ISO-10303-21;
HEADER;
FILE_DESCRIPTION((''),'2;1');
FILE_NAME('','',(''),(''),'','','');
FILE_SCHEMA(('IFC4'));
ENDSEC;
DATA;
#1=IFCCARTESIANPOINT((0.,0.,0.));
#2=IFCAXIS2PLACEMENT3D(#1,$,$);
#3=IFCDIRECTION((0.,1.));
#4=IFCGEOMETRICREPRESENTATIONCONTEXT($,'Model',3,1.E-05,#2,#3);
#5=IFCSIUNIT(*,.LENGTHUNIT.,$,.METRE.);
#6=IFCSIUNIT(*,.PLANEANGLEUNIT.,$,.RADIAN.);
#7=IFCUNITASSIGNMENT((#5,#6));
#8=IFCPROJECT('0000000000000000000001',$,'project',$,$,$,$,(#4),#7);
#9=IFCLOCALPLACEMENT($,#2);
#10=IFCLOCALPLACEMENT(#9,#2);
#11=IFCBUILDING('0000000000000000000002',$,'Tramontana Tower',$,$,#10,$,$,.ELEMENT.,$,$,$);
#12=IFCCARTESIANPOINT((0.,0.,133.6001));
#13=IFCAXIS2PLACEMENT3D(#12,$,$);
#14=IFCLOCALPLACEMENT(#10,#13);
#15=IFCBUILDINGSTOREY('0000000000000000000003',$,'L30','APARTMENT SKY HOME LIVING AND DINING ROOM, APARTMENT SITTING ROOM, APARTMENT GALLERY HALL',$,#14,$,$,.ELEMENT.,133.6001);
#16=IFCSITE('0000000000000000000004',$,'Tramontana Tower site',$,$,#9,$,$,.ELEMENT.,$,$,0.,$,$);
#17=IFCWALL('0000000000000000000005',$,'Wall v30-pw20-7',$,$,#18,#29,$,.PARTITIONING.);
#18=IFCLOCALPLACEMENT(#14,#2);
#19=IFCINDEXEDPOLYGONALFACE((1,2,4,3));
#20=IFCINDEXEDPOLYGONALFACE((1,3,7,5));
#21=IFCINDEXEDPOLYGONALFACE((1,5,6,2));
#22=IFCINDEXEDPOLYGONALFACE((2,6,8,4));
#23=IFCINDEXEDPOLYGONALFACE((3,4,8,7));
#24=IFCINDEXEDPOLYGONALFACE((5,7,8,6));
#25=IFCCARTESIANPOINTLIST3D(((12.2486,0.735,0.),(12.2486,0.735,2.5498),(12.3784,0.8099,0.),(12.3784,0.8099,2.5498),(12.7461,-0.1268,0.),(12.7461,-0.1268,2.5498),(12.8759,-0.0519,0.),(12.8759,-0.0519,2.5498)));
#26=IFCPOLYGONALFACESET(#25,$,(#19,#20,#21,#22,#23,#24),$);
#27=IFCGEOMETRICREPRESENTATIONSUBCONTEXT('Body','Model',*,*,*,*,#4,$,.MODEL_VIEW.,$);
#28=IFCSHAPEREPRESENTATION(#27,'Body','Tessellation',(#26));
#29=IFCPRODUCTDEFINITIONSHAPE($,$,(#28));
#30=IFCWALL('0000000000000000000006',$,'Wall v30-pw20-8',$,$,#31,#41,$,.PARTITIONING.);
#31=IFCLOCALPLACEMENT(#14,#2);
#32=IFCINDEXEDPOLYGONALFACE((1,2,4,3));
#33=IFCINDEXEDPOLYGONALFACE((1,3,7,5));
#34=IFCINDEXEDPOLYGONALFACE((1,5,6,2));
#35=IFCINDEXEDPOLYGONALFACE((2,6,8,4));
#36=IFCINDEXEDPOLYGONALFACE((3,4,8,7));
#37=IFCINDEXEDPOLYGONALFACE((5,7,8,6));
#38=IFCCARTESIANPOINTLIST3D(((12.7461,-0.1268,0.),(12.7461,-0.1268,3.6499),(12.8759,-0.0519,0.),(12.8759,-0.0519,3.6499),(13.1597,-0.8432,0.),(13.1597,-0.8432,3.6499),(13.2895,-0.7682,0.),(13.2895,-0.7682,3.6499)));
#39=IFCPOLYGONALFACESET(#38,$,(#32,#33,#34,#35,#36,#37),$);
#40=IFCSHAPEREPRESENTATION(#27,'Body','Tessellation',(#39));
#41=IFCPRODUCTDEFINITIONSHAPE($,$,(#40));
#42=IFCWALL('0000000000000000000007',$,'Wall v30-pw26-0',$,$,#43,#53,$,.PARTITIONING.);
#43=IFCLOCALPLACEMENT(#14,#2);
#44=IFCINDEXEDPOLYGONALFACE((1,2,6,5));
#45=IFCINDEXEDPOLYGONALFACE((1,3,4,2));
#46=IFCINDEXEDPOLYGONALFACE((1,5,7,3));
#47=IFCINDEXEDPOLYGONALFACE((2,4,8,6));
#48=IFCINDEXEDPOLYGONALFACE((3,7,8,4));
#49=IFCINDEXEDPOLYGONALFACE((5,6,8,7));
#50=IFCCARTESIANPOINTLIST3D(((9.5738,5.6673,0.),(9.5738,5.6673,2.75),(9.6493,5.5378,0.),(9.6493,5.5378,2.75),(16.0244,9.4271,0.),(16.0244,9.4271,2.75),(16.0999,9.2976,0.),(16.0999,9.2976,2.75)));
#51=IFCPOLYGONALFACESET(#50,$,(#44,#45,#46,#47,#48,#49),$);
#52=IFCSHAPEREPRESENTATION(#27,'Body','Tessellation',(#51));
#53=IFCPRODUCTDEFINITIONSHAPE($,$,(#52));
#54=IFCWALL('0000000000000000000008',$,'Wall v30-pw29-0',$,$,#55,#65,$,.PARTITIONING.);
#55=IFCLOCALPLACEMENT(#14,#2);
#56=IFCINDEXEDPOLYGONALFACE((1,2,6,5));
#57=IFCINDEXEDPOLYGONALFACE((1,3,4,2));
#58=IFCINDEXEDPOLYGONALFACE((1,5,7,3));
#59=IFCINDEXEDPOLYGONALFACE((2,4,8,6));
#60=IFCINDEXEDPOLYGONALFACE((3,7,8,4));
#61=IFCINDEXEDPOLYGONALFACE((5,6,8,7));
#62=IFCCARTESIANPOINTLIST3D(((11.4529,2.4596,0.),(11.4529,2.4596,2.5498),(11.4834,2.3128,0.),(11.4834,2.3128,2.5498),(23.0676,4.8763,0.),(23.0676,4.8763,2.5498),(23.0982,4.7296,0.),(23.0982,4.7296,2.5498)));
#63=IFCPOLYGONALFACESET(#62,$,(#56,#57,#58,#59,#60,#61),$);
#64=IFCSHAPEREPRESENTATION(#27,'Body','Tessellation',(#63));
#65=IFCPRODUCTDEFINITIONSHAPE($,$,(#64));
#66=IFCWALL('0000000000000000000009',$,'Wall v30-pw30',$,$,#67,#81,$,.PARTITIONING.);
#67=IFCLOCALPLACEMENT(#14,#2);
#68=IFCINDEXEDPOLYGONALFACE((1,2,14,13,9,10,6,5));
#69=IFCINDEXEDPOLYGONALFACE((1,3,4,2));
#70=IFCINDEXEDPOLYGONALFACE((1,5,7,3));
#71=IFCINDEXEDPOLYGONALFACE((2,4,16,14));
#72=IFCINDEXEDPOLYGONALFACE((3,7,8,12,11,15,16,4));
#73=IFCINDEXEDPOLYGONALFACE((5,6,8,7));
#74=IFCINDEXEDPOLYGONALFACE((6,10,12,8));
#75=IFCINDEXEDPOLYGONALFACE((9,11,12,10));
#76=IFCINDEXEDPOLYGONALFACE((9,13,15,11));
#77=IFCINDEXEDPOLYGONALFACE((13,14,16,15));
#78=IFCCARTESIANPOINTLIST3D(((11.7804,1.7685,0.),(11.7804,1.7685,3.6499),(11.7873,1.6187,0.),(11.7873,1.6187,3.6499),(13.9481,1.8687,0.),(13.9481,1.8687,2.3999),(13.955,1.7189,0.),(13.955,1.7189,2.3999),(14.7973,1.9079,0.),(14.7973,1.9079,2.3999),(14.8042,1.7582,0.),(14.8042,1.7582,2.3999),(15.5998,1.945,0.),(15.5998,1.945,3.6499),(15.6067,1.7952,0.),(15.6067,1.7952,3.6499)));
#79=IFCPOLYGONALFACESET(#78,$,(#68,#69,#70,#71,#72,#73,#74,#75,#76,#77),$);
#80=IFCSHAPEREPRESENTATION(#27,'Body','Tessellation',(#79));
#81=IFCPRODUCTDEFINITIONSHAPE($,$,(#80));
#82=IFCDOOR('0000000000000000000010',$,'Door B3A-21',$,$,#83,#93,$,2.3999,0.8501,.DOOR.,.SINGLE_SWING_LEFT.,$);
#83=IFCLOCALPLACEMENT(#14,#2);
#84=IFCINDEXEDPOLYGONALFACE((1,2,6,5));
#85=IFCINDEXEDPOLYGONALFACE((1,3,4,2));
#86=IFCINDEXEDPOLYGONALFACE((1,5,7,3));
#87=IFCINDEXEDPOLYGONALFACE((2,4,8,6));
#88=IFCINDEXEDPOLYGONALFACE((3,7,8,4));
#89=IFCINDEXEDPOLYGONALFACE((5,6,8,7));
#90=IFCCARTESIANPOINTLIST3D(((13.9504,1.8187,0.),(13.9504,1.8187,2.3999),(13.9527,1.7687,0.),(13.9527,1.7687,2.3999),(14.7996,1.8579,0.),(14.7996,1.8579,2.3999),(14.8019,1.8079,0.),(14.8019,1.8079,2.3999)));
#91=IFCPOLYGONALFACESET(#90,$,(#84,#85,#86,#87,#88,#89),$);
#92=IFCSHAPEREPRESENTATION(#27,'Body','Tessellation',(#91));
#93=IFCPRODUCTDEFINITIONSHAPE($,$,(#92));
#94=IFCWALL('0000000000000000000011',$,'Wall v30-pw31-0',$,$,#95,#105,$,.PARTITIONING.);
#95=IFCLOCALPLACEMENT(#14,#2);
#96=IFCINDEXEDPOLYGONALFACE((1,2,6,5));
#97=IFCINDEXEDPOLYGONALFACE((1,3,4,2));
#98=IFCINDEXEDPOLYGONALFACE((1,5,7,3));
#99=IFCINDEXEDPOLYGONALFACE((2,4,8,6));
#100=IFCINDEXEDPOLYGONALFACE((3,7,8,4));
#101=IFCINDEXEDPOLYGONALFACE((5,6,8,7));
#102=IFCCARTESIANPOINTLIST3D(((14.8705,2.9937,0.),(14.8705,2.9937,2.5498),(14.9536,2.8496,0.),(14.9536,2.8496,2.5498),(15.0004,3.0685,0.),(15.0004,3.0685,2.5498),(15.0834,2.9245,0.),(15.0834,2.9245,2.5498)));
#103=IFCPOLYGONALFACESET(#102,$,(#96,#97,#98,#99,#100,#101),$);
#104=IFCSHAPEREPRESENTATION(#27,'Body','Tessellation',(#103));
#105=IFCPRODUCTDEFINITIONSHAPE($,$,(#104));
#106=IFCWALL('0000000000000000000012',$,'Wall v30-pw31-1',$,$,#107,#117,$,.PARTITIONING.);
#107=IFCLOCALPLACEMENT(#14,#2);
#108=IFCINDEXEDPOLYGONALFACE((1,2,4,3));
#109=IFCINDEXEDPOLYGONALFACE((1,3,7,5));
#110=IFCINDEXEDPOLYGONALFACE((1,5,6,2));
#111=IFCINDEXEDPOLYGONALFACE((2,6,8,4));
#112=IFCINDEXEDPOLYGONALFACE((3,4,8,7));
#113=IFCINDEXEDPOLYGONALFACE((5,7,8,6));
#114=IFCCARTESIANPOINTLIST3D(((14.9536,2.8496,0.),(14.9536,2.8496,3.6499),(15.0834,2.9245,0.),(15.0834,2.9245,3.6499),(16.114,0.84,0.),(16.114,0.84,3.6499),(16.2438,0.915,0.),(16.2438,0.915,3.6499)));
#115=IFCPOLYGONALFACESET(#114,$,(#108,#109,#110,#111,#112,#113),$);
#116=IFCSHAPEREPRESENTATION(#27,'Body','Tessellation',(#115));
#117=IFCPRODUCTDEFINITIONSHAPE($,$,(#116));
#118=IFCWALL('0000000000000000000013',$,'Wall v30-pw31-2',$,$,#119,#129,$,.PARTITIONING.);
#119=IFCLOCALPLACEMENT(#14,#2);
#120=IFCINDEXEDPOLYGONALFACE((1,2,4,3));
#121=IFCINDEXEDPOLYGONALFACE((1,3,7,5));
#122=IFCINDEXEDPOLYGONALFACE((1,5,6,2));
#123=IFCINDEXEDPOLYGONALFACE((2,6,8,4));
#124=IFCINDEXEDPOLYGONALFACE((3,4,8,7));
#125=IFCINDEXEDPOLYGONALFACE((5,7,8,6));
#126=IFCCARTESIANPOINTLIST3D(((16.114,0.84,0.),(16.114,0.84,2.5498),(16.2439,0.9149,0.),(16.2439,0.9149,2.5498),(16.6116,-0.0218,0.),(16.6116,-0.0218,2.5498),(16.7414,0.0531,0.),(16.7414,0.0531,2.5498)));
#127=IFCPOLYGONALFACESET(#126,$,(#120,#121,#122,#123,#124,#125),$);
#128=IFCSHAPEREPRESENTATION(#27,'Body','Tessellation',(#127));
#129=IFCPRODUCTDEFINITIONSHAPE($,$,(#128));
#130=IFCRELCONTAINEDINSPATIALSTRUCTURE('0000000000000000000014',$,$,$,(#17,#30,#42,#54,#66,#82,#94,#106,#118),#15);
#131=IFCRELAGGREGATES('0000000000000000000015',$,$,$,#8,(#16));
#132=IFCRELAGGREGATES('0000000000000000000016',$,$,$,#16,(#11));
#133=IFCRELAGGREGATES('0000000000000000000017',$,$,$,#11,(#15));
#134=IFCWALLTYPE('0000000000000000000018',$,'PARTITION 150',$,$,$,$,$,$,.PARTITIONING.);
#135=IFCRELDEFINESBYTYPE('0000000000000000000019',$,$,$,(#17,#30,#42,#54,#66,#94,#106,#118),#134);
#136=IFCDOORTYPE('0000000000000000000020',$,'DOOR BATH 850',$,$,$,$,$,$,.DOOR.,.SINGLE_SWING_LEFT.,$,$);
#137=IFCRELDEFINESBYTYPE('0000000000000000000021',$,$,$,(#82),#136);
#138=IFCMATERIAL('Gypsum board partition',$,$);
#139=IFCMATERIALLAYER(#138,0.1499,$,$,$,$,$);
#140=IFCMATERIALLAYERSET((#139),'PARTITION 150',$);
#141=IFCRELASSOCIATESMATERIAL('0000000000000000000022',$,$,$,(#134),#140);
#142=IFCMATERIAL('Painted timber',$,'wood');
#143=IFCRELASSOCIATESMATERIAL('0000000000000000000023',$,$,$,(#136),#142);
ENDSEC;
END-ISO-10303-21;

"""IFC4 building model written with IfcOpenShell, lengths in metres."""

from ifc_helpers import new_model, si_unit, direction, frame, frame_2d, origin, place, context, subcontext, project, spatial, rectangle, extrude, material, layer, layer_set, type_object, element, fill, save


model = new_model("IFC4")

# Units and contexts
model_context = context("Model", 3, precision=1e-05, world=origin(), true_north=direction((0.0, 1.0)))
body_context = subcontext(model_context, "Body", "Model", "MODEL_VIEW")
ifc_project = project(units=[si_unit("LENGTHUNIT", "METRE"), si_unit("PLANEANGLEUNIT", "RADIAN")], contexts=[model_context])

# Site, building, storey
site_placement = place(None, origin())
site = spatial("IfcSite", under=ifc_project, at=site_placement, Name="Tramontana Tower site", CompositionType="ELEMENT", RefElevation=0.0)
building_placement = place(site_placement, origin())
building = spatial("IfcBuilding", under=site, at=building_placement, Name="Tramontana Tower", CompositionType="ELEMENT")
storey_placement = place(building_placement, frame((0.0, 0.0, 133.6001)))
storey = spatial("IfcBuildingStorey", under=building, at=storey_placement, Name="L30", Description="APARTMENT SKY HOME LIVING AND DINING ROOM, APARTMENT SITTING ROOM, APARTMENT GALLERY HALL", CompositionType="ELEMENT", Elevation=133.6001)

# Shared definitions
ifc_material_1 = material(Name="Gypsum board partition")
ifc_layer_1 = layer(ifc_material_1, 0.1499)
ifc_layer_set_1 = layer_set([ifc_layer_1], Name="PARTITION 150")
wall_type_1 = type_object("IfcWallType", Name="PARTITION 150", PredefinedType="PARTITIONING", material=ifc_layer_set_1)

# Walls
wall_1_placement = place(storey_placement, frame((12.3135, 0.7725, 0.0), z_axis=(0.0, 0.0, 1.0), x_axis=(0.499991, -0.86603, 0.0)))
element("IfcWall", 1, at=wall_1_placement, inside=storey, type_object=wall_type_1, Name="Wall v30-pw20-7", PredefinedType="PARTITIONING", context=body_context, shape_type="SweptSolid", body=[
    extrude(rectangle(XDim=0.9951, YDim=0.1499, at=frame_2d((0.4976, 0.0))), origin(), (0.0, 0.0, 1.0), 2.5498),
])
wall_2_placement = place(storey_placement, frame((12.811, -0.0894, 0.0), z_axis=(0.0, 0.0, 1.0), x_axis=(0.500012, -0.866018, 0.0)))
element("IfcWall", 2, at=wall_2_placement, inside=storey, type_object=wall_type_1, Name="Wall v30-pw20-8", PredefinedType="PARTITIONING", context=body_context, shape_type="SweptSolid", body=[
    extrude(rectangle(XDim=0.8271, YDim=0.1499, at=frame_2d((0.4136, 0.0))), origin(), (0.0, 0.0, 1.0), 3.6499),
])

# Walls
wall_3_placement = place(storey_placement, frame((9.6116, 5.6025, 0.0), z_axis=(0.0, 0.0, 1.0), x_axis=(0.863953, 0.503572, 0.0)))
element("IfcWall", 3, at=wall_3_placement, inside=storey, type_object=wall_type_1, Name="Wall v30-pw26-0", PredefinedType="PARTITIONING", context=body_context, shape_type="SweptSolid", body=[
    extrude(rectangle(XDim=7.4663, YDim=0.1499, at=frame_2d((3.7332, 0.0))), origin(), (0.0, 0.0, 1.0), 2.75),
])
wall_4_placement = place(storey_placement, frame((11.4683, 2.3862, 0.0), z_axis=(0.0, 0.0, 1.0), x_axis=(0.979031, 0.203713, 0.0)))
element("IfcWall", 4, at=wall_4_placement, inside=storey, type_object=wall_type_1, Name="Wall v30-pw29-0", PredefinedType="PARTITIONING", context=body_context, shape_type="SweptSolid", body=[
    extrude(rectangle(XDim=11.8635, YDim=0.1499, at=frame_2d((5.9316, 0.0))), origin(), (0.0, 0.0, 1.0), 2.5498),
])

# Wall, opening, door
wall_5_placement = place(storey_placement, frame((11.7839, 1.6936, 0.0), z_axis=(0.0, 0.0, 1.0), x_axis=(0.998934, 0.046167, 0.0)))
wall_5 = element("IfcWall", 5, at=wall_5_placement, inside=storey, type_object=wall_type_1, Name="Wall v30-pw30", PredefinedType="PARTITIONING", context=body_context, shape_type="SweptSolid", body=[
    extrude(rectangle(XDim=3.8235, YDim=0.1499, at=frame_2d((1.9116, 0.0))), origin(), (0.0, 0.0, 1.0), 3.6499),
])
opening_1_placement = place(wall_5_placement, frame((2.1699, 0.0, 0.0)))
opening_1 = element("IfcOpeningElement", 6, at=opening_1_placement, cuts=wall_5, PredefinedType="OPENING", context=body_context, shape_type="SweptSolid", body=[
    extrude(rectangle(XDim=0.8501, YDim=2.3999, at=frame_2d((0.425, 1.2))), frame((0.0, 0.085, 0.0), z_axis=(0.0, -1.0, 0.0), x_axis=(1.0, 0.0, 0.0)), (0.0, 0.0, 1.0), 0.1699),
])
ifc_material_2 = material(Name="Painted timber", Category="wood")
door_type_1 = type_object("IfcDoorType", Name="DOOR BATH 850", OperationType="SINGLE_SWING_LEFT", PredefinedType="DOOR", material=ifc_material_2)
door_1_placement = place(opening_1_placement, origin())
door_1 = element("IfcDoor", 7, at=door_1_placement, inside=storey, type_object=door_type_1, Name="Door B3A-21", OperationType="SINGLE_SWING_LEFT", OverallHeight=2.3999, OverallWidth=0.8501, PredefinedType="DOOR", context=body_context, shape_type="SweptSolid", body=[
    extrude(rectangle(XDim=0.8501, YDim=2.3999, at=frame_2d((0.425, 1.2))), frame((0.0, 0.0249, 0.0), z_axis=(0.0, -1.0, 0.0), x_axis=(1.0, 0.0, 0.0)), (0.0, 0.0, 1.0), 0.05),
])
fill(opening_1, door_1)

# Walls
wall_6_placement = place(storey_placement, frame((14.9355, 3.031, 0.0), z_axis=(0.0, 0.0, 1.0), x_axis=(0.499299, -0.86643, 0.0)))
element("IfcWall", 8, at=wall_6_placement, inside=storey, type_object=wall_type_1, Name="Wall v30-pw31-0", PredefinedType="PARTITIONING", context=body_context, shape_type="SweptSolid", body=[
    extrude(rectangle(XDim=0.1663, YDim=0.1499, at=frame_2d((0.083, 0.0))), origin(), (0.0, 0.0, 1.0), 2.5498),
])
wall_7_placement = place(storey_placement, frame((15.0186, 2.887, 0.0), z_axis=(0.0, 0.0, 1.0), x_axis=(0.500065, -0.865988, 0.0)))
element("IfcWall", 9, at=wall_7_placement, inside=storey, type_object=wall_type_1, Name="Wall v30-pw31-1", PredefinedType="PARTITIONING", context=body_context, shape_type="SweptSolid", body=[
    extrude(rectangle(XDim=2.3206, YDim=0.1499, at=frame_2d((1.1602, 0.0))), origin(), (0.0, 0.0, 1.0), 3.6499),
])
wall_8_placement = place(storey_placement, frame((16.179, 0.8774, 0.0), z_axis=(0.0, 0.0, 1.0), x_axis=(0.499991, -0.86603, 0.0)))
element("IfcWall", 10, at=wall_8_placement, inside=storey, type_object=wall_type_1, Name="Wall v30-pw31-2", PredefinedType="PARTITIONING", context=body_context, shape_type="SweptSolid", body=[
    extrude(rectangle(XDim=0.9951, YDim=0.1499, at=frame_2d((0.4976, 0.0))), origin(), (0.0, 0.0, 1.0), 2.5498),
])

save(model, "model.ifc")
